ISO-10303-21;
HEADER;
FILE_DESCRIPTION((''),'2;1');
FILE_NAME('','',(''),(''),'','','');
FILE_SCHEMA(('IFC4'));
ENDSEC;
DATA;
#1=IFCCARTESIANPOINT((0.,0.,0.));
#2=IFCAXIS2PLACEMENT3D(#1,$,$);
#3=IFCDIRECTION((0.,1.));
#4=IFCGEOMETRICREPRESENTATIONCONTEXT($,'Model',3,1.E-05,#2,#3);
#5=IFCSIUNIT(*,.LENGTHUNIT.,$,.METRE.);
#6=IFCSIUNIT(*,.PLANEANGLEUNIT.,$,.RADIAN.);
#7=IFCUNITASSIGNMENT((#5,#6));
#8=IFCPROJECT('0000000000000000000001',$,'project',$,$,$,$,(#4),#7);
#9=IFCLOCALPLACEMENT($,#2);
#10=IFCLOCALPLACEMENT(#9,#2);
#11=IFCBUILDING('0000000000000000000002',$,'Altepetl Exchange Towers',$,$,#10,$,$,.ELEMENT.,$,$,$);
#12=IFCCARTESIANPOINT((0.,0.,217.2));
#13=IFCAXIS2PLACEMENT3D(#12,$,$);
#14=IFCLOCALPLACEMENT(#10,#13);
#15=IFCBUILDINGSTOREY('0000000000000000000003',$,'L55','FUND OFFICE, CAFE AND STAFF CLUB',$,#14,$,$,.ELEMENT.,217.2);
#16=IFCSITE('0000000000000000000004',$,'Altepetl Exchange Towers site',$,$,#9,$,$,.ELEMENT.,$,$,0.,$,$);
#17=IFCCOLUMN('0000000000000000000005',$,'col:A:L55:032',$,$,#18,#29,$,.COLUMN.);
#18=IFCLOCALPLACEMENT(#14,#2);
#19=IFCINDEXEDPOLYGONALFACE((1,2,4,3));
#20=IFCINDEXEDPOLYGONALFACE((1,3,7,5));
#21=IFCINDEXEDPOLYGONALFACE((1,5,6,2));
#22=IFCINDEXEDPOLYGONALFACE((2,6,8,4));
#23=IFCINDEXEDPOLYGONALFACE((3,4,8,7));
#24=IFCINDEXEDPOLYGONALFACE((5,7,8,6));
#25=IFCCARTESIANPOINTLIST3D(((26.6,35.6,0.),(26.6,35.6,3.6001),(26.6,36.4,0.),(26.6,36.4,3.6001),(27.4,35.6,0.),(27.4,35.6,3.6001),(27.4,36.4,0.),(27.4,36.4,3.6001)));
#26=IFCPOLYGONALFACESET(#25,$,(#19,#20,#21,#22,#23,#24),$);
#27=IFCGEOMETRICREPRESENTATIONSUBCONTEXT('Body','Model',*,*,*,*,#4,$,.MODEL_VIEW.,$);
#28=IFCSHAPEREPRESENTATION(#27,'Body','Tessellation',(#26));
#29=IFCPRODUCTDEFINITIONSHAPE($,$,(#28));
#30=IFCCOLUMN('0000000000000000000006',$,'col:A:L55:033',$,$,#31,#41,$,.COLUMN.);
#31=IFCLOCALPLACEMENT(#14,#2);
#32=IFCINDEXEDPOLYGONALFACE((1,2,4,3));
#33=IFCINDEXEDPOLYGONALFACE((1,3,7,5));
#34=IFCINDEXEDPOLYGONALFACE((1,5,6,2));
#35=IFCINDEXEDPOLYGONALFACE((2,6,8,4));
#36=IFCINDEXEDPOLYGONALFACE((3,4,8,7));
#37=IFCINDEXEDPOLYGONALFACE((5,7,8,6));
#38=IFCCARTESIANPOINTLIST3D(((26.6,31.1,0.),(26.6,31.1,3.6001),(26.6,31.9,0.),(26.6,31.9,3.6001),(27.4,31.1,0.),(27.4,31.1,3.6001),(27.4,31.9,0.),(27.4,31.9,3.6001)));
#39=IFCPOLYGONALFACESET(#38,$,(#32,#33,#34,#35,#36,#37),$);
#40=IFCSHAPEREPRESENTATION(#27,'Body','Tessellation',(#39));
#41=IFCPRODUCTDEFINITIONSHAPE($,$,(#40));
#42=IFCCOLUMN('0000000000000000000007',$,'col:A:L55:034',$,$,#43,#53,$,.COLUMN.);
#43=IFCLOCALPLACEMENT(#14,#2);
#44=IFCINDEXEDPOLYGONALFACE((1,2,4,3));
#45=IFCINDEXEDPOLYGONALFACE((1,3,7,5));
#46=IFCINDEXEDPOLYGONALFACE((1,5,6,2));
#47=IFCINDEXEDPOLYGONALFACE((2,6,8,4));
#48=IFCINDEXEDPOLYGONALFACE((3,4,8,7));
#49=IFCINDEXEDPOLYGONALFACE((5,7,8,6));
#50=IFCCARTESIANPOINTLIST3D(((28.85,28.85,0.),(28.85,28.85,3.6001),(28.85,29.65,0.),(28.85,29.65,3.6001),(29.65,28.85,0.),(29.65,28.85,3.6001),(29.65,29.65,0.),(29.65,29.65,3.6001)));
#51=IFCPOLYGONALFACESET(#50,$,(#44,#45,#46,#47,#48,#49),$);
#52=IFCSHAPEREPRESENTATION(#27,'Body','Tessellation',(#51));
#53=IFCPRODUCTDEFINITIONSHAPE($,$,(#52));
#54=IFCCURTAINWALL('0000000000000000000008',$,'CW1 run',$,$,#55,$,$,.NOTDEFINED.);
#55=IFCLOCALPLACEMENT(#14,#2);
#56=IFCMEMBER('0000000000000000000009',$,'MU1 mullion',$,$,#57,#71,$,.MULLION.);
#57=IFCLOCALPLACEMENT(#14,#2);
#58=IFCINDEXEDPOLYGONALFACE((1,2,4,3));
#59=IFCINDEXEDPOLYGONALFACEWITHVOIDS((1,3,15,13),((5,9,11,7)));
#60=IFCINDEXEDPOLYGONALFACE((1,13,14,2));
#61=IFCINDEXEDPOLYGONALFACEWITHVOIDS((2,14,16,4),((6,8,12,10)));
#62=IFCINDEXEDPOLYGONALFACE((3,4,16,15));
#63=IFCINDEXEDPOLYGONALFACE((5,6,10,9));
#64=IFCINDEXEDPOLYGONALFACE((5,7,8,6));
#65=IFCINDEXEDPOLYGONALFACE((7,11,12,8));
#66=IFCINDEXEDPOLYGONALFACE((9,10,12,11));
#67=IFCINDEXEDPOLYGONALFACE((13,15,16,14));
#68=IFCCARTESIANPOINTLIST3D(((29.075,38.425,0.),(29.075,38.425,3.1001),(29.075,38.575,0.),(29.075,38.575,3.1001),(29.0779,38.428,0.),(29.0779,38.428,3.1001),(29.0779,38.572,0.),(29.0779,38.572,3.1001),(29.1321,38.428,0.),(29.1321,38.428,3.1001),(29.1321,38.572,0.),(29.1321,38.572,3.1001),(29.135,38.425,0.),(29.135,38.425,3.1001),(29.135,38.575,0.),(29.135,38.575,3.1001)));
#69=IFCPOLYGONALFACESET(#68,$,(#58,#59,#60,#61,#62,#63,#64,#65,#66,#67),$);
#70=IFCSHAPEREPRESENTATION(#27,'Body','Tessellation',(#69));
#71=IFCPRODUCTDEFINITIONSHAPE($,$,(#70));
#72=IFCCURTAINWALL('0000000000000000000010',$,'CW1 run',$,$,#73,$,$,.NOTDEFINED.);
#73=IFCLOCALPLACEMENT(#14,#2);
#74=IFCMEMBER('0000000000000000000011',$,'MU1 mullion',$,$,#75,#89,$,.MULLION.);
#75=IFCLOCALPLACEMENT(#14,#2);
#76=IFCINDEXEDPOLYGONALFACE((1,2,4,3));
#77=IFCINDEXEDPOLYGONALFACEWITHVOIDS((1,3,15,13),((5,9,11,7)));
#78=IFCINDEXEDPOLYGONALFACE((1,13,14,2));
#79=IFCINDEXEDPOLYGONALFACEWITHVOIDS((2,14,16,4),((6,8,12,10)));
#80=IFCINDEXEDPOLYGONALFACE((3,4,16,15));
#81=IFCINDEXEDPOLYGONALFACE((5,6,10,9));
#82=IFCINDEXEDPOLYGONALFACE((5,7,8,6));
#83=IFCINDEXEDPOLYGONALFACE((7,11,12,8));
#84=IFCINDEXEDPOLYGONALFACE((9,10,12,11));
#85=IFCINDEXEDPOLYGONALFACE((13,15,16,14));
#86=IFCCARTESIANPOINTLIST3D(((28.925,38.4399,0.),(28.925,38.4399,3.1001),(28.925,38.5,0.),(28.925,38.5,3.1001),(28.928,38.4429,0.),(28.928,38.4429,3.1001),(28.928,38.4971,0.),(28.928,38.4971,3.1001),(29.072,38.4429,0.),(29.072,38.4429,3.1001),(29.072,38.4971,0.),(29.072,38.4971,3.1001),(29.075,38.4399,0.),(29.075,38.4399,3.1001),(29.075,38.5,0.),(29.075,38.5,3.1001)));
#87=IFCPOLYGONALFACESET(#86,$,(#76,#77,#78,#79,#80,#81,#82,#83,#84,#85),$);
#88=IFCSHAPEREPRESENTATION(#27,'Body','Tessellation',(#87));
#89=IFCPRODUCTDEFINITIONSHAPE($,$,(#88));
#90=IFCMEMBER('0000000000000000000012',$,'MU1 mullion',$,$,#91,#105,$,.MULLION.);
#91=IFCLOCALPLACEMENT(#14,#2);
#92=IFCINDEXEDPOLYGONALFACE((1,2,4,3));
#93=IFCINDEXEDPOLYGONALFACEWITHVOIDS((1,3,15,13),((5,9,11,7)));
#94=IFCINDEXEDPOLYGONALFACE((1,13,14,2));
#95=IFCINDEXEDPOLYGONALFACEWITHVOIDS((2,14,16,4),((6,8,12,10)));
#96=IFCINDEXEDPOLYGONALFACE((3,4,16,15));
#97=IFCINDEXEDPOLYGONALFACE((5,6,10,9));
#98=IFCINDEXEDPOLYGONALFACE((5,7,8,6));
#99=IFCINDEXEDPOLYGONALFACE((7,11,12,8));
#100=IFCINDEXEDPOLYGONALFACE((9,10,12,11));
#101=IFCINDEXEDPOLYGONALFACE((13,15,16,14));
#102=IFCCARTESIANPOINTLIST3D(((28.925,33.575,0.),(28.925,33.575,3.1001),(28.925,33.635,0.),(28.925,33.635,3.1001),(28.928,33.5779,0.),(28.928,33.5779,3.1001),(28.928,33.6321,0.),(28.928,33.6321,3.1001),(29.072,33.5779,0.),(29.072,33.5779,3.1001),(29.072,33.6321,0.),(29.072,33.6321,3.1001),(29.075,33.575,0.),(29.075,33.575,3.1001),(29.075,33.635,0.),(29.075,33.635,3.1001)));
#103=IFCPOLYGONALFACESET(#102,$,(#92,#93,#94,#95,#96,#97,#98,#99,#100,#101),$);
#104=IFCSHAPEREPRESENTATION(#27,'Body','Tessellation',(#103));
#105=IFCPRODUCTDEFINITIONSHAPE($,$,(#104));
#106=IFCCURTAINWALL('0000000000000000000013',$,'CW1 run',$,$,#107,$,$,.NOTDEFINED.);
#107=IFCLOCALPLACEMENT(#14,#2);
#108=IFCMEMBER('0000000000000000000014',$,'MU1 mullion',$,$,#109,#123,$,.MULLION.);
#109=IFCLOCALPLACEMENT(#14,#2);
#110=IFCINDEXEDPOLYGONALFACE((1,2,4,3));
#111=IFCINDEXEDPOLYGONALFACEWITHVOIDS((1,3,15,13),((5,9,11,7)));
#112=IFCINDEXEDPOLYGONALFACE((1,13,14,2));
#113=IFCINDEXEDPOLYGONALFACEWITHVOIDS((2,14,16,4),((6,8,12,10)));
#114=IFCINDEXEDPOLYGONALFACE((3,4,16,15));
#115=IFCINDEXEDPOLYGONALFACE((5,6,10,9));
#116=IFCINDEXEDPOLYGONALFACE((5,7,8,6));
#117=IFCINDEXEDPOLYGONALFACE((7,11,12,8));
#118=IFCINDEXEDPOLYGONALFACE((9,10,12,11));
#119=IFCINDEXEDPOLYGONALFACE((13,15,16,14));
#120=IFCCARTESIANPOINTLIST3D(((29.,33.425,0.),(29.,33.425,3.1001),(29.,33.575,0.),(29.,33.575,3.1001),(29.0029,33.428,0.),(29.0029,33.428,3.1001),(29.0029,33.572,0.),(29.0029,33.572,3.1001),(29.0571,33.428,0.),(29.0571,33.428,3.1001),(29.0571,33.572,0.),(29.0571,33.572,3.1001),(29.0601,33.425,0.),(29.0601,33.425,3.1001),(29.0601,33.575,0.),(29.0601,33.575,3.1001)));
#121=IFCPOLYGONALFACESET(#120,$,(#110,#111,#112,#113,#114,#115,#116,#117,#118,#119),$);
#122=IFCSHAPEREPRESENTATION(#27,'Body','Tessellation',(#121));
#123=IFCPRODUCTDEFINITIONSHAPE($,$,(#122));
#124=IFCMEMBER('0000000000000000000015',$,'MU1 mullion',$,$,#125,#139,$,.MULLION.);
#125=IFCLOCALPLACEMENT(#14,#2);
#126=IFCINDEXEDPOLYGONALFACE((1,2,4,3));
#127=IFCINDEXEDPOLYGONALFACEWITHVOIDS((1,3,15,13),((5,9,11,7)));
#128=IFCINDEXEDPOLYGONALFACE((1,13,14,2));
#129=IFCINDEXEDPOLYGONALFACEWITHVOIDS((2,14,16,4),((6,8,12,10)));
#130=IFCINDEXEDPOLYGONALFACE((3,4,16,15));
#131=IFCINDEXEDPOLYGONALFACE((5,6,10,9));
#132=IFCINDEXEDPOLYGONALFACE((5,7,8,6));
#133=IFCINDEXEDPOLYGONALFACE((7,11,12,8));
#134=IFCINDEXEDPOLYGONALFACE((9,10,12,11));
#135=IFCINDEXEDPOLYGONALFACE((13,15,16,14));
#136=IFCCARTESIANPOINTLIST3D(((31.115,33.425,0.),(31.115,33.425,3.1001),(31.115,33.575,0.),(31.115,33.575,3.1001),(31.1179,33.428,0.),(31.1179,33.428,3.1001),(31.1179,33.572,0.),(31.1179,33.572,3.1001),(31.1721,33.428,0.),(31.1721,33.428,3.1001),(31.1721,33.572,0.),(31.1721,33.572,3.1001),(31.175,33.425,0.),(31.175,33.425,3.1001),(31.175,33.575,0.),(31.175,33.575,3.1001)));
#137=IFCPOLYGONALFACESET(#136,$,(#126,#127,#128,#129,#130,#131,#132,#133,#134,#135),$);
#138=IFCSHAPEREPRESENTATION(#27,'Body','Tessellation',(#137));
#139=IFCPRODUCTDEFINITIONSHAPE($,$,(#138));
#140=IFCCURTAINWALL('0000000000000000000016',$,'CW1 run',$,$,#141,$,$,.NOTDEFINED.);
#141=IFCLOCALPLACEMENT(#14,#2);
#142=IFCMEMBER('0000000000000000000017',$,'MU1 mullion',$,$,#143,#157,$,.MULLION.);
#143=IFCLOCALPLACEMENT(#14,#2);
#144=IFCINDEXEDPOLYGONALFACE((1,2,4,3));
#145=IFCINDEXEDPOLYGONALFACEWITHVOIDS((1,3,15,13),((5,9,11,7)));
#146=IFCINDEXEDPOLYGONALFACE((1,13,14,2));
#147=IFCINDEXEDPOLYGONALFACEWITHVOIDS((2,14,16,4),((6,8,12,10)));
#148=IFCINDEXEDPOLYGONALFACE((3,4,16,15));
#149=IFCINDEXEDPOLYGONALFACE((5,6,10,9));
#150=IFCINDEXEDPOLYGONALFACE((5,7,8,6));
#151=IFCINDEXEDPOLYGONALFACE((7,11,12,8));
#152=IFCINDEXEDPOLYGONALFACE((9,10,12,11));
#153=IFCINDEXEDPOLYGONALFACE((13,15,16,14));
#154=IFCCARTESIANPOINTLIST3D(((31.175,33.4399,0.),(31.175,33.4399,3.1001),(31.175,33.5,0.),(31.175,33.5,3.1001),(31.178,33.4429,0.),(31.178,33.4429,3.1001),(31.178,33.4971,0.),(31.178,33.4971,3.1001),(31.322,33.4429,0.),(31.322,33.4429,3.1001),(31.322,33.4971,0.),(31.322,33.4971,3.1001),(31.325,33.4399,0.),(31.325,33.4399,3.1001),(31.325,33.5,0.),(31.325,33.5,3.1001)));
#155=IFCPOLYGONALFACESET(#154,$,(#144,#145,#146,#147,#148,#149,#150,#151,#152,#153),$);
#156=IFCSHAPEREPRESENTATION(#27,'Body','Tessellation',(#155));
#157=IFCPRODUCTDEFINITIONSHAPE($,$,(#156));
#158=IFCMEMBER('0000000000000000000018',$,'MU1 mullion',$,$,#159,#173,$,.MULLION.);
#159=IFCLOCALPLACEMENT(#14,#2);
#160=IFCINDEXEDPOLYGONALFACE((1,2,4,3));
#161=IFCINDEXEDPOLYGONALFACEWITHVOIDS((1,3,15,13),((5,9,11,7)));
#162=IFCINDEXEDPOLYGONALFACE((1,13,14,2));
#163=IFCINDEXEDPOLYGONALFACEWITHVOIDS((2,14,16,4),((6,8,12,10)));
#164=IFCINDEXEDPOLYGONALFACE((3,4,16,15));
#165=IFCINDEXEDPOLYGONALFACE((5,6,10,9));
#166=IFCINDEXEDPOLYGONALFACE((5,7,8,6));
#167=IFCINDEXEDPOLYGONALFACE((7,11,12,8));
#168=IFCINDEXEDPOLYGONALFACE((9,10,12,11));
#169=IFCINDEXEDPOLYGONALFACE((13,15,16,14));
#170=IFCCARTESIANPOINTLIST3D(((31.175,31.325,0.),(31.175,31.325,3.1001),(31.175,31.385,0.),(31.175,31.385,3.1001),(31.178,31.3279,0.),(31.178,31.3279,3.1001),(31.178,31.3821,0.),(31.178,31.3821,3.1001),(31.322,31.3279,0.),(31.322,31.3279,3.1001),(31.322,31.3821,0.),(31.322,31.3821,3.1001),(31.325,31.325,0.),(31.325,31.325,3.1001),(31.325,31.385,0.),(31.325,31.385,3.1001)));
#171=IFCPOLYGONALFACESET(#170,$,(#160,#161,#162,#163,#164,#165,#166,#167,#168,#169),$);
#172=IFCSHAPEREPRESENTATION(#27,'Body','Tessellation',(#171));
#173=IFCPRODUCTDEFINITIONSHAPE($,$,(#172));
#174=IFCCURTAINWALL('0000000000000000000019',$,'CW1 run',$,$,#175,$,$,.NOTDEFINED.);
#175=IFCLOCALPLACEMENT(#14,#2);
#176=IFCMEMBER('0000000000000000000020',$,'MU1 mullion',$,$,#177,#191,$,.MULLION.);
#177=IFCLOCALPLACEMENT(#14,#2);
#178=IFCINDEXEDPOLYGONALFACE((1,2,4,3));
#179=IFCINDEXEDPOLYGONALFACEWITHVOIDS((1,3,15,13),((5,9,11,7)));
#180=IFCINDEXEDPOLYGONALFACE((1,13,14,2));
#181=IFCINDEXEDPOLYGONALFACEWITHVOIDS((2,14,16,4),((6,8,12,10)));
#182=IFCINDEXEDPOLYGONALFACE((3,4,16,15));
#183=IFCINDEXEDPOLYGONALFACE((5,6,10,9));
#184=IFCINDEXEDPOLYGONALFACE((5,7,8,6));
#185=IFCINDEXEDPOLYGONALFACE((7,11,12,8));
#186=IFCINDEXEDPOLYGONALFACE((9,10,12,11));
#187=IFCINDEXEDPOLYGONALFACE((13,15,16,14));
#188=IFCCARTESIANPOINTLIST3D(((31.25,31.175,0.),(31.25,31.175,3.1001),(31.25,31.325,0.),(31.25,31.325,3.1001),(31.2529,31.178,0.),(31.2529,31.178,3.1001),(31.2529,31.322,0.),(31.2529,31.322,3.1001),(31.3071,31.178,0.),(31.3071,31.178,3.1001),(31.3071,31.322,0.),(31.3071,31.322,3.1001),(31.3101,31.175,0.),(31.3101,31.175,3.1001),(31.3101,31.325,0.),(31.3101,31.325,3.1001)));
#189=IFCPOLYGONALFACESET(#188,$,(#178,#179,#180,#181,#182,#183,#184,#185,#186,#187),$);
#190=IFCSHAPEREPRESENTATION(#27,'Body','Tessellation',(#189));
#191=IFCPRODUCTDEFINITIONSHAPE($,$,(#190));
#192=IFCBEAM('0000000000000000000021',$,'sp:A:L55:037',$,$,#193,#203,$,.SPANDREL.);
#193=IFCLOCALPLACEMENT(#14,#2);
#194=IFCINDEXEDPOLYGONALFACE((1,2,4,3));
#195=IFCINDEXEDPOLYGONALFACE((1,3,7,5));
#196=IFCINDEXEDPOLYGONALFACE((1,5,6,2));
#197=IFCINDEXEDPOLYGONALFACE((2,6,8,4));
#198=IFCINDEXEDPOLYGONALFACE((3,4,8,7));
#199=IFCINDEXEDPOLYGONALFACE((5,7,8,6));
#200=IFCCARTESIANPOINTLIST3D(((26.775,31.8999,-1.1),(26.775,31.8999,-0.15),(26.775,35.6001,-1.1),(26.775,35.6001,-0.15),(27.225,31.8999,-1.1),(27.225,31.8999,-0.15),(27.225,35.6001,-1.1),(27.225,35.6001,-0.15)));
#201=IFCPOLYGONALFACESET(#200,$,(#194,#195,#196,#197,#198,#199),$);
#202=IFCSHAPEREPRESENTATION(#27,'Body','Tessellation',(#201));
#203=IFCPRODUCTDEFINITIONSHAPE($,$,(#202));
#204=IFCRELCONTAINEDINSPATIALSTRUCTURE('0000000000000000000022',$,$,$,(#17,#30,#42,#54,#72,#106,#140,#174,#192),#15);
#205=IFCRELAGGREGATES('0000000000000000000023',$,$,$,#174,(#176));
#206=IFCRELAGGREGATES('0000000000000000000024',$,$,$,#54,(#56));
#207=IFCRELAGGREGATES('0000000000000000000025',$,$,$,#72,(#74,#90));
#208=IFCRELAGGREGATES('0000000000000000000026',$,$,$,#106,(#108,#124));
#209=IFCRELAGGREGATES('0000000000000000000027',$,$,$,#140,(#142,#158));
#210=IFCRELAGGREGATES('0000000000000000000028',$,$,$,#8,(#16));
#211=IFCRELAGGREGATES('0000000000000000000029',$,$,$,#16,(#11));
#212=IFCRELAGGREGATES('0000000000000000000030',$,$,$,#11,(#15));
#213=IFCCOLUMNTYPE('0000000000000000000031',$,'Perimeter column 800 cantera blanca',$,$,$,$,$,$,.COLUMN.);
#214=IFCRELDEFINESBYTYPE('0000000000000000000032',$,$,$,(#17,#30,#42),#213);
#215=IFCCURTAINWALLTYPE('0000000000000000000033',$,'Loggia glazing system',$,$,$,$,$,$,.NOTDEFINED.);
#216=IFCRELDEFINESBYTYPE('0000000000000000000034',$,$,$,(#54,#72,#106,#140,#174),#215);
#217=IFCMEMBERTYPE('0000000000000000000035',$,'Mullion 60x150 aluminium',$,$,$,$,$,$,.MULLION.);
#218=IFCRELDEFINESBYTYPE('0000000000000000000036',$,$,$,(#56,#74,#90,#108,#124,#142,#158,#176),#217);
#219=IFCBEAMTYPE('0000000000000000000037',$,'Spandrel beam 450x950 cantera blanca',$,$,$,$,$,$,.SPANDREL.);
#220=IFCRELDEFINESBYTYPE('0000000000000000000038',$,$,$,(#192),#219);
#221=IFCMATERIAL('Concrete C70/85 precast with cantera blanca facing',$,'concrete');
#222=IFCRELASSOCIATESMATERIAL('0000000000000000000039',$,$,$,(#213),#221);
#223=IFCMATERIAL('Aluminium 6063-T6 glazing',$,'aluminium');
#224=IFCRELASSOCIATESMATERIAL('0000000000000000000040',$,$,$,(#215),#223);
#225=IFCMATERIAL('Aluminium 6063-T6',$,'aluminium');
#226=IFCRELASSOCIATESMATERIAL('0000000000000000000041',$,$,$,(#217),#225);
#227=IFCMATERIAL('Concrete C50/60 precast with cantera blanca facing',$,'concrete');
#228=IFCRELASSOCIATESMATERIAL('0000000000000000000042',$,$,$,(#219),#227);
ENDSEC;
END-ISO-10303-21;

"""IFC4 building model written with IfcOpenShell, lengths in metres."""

from ifc_helpers import new_model, si_unit, direction, frame, origin, origin_2d, place, context, subcontext, project, spatial, rectangle, hollow_rectangle, extrude, material, material_profile, profile_set, type_object, element, aggregate, save


model = new_model("IFC4")

# Units and contexts
model_context = context("Model", 3, precision=1e-05, world=origin(), true_north=direction((0.0, 1.0)))
body_context = subcontext(model_context, "Body", "Model", "MODEL_VIEW")
ifc_project = project(units=[si_unit("LENGTHUNIT", "METRE"), si_unit("PLANEANGLEUNIT", "RADIAN")], contexts=[model_context])

# Site, building, storey
site_placement = place(None, origin())
site = spatial("IfcSite", under=ifc_project, at=site_placement, Name="Altepetl Exchange Towers site", CompositionType="ELEMENT", RefElevation=0.0)
building_placement = place(site_placement, origin())
building = spatial("IfcBuilding", under=site, at=building_placement, Name="Altepetl Exchange Towers", CompositionType="ELEMENT")
storey_placement = place(building_placement, frame((0.0, 0.0, 217.2)))
storey = spatial("IfcBuildingStorey", under=building, at=storey_placement, Name="L55", Description="FUND OFFICE, CAFE AND STAFF CLUB", CompositionType="ELEMENT", Elevation=217.2)

# Columns
ifc_material_1 = material(Name="Concrete C70/85 precast with cantera blanca facing", Category="concrete")
ifc_material_profile_1 = material_profile(ifc_material_1, rectangle(XDim=0.8, YDim=0.8, at=origin_2d()), Name="800 x 800")
ifc_profile_set_1 = profile_set([ifc_material_profile_1], Name="Concrete C70/85 precast with cantera blanca facing")
column_type = type_object("IfcColumnType", Name="Perimeter column 800 cantera blanca", PredefinedType="COLUMN", material=ifc_profile_set_1)
for number, where, name in (
    (1, (27.0, 36.0, 0.0), "col:A:L55:032"),
    (2, (27.0, 31.5, 0.0), "col:A:L55:033"),
    (3, (29.25, 29.25, 0.0), "col:A:L55:034"),
):
    element("IfcColumn", number, at=place(storey_placement, frame(where)), inside=storey, type_object=column_type, Name=name, PredefinedType="COLUMN", context=body_context, shape_type="SweptSolid", body=[
        extrude(rectangle(XDim=0.8, YDim=0.8, at=origin_2d()), origin(), (0.0, 0.0, 1.0), 3.6001),
    ])

# Curtain wall, member
ifc_material_2 = material(Name="Aluminium 6063-T6 glazing", Category="aluminium")
curtain_wall_type = type_object("IfcCurtainWallType", Name="Loggia glazing system", PredefinedType="NOTDEFINED", material=ifc_material_2)
curtain_wall_1_placement = place(storey_placement, origin())
curtain_wall_1 = element("IfcCurtainWall", 4, at=curtain_wall_1_placement, inside=storey, type_object=curtain_wall_type, Name="CW1 run", PredefinedType="NOTDEFINED")
ifc_material_3 = material(Name="Aluminium 6063-T6", Category="aluminium")
ifc_material_profile_2 = material_profile(ifc_material_3, hollow_rectangle(XDim=0.0601, YDim=0.1499, WallThickness=0.0029, at=origin_2d()), Name="Mullion 60x150 aluminium")
ifc_profile_set_2 = profile_set([ifc_material_profile_2], Name="Aluminium 6063-T6")
member_type = type_object("IfcMemberType", Name="Mullion 60x150 aluminium", PredefinedType="MULLION", material=ifc_profile_set_2)
member_1_placement = place(storey_placement, frame((29.105, 38.5, 0.0), z_axis=(0.0, 0.0, 1.0), x_axis=(-1.0, 0.0, 0.0)))
member_1 = element("IfcMember", 5, at=member_1_placement, type_object=member_type, Name="MU1 mullion", PredefinedType="MULLION", context=body_context, shape_type="SweptSolid", body=[
    extrude(hollow_rectangle(XDim=0.0601, YDim=0.1499, WallThickness=0.0029, at=origin_2d()), origin(), (0.0, 0.0, 1.0), 3.1001),
])

# Curtain walls, members
curtain_wall_2_placement = place(storey_placement, origin())
curtain_wall_2 = element("IfcCurtainWall", 6, at=curtain_wall_2_placement, inside=storey, type_object=curtain_wall_type, Name="CW1 run", PredefinedType="NOTDEFINED")
member_2_placement = place(storey_placement, frame((29.0, 38.47, 0.0), z_axis=(0.0, 0.0, 1.0), x_axis=(0.0, -1.0, 0.0)))
member_2 = element("IfcMember", 7, at=member_2_placement, type_object=member_type, Name="MU1 mullion", PredefinedType="MULLION", context=body_context, shape_type="SweptSolid", body=[
    extrude(hollow_rectangle(XDim=0.0601, YDim=0.1499, WallThickness=0.0029, at=origin_2d()), origin(), (0.0, 0.0, 1.0), 3.1001),
])
member_3_placement = place(storey_placement, frame((29.0, 33.605, 0.0), z_axis=(0.0, 0.0, 1.0), x_axis=(0.0, -1.0, 0.0)))
member_3 = element("IfcMember", 8, at=member_3_placement, type_object=member_type, Name="MU1 mullion", PredefinedType="MULLION", context=body_context, shape_type="SweptSolid", body=[
    extrude(hollow_rectangle(XDim=0.0601, YDim=0.1499, WallThickness=0.0029, at=origin_2d()), origin(), (0.0, 0.0, 1.0), 3.1001),
])
curtain_wall_3_placement = place(storey_placement, origin())
curtain_wall_3 = element("IfcCurtainWall", 9, at=curtain_wall_3_placement, inside=storey, type_object=curtain_wall_type, Name="CW1 run", PredefinedType="NOTDEFINED")
member_4_placement = place(storey_placement, frame((29.03, 33.5, 0.0)))
member_4 = element("IfcMember", 10, at=member_4_placement, type_object=member_type, Name="MU1 mullion", PredefinedType="MULLION", context=body_context, shape_type="SweptSolid", body=[
    extrude(hollow_rectangle(XDim=0.0601, YDim=0.1499, WallThickness=0.0029, at=origin_2d()), origin(), (0.0, 0.0, 1.0), 3.1001),
])
member_5_placement = place(storey_placement, frame((31.145, 33.5, 0.0)))
member_5 = element("IfcMember", 11, at=member_5_placement, type_object=member_type, Name="MU1 mullion", PredefinedType="MULLION", context=body_context, shape_type="SweptSolid", body=[
    extrude(hollow_rectangle(XDim=0.0601, YDim=0.1499, WallThickness=0.0029, at=origin_2d()), origin(), (0.0, 0.0, 1.0), 3.1001),
])
curtain_wall_4_placement = place(storey_placement, origin())
curtain_wall_4 = element("IfcCurtainWall", 12, at=curtain_wall_4_placement, inside=storey, type_object=curtain_wall_type, Name="CW1 run", PredefinedType="NOTDEFINED")
member_6_placement = place(storey_placement, frame((31.25, 33.47, 0.0), z_axis=(0.0, 0.0, 1.0), x_axis=(0.0, -1.0, 0.0)))
member_6 = element("IfcMember", 13, at=member_6_placement, type_object=member_type, Name="MU1 mullion", PredefinedType="MULLION", context=body_context, shape_type="SweptSolid", body=[
    extrude(hollow_rectangle(XDim=0.0601, YDim=0.1499, WallThickness=0.0029, at=origin_2d()), origin(), (0.0, 0.0, 1.0), 3.1001),
])
member_7_placement = place(storey_placement, frame((31.25, 31.355, 0.0), z_axis=(0.0, 0.0, 1.0), x_axis=(0.0, -1.0, 0.0)))
member_7 = element("IfcMember", 14, at=member_7_placement, type_object=member_type, Name="MU1 mullion", PredefinedType="MULLION", context=body_context, shape_type="SweptSolid", body=[
    extrude(hollow_rectangle(XDim=0.0601, YDim=0.1499, WallThickness=0.0029, at=origin_2d()), origin(), (0.0, 0.0, 1.0), 3.1001),
])

# Curtain wall, member
curtain_wall_5_placement = place(storey_placement, origin())
curtain_wall_5 = element("IfcCurtainWall", 15, at=curtain_wall_5_placement, inside=storey, type_object=curtain_wall_type, Name="CW1 run", PredefinedType="NOTDEFINED")
member_8_placement = place(storey_placement, frame((31.28, 31.25, 0.0)))
member_8 = element("IfcMember", 16, at=member_8_placement, type_object=member_type, Name="MU1 mullion", PredefinedType="MULLION", context=body_context, shape_type="SweptSolid", body=[
    extrude(hollow_rectangle(XDim=0.0601, YDim=0.1499, WallThickness=0.0029, at=origin_2d()), origin(), (0.0, 0.0, 1.0), 3.1001),
])
aggregate(curtain_wall_5, [member_8])

# Beam
ifc_material_4 = material(Name="Concrete C50/60 precast with cantera blanca facing", Category="concrete")
ifc_material_profile_3 = material_profile(ifc_material_4, rectangle(XDim=0.45, YDim=0.95, at=origin_2d()), Name="450 x 950")
ifc_profile_set_3 = profile_set([ifc_material_profile_3], Name="Concrete C50/60 precast with cantera blanca facing")
beam_type = type_object("IfcBeamType", Name="Spandrel beam 450x950 cantera blanca", PredefinedType="SPANDREL", material=ifc_profile_set_3)
beam_1_placement = place(storey_placement, frame((27.0, 35.6001, -0.625), z_axis=(0.0, -1.0, 0.0), x_axis=(1.0, 0.0, 0.0)))
element("IfcBeam", 17, at=beam_1_placement, inside=storey, type_object=beam_type, Name="sp:A:L55:037", PredefinedType="SPANDREL", context=body_context, shape_type="SweptSolid", body=[
    extrude(rectangle(XDim=0.45, YDim=0.95, at=origin_2d()), origin(), (0.0, 0.0, 1.0), 3.7002),
])

aggregate(curtain_wall_1, [member_1])
aggregate(curtain_wall_2, [member_2, member_3])
aggregate(curtain_wall_3, [member_4, member_5])
aggregate(curtain_wall_4, [member_6, member_7])

save(model, "model.ifc")
